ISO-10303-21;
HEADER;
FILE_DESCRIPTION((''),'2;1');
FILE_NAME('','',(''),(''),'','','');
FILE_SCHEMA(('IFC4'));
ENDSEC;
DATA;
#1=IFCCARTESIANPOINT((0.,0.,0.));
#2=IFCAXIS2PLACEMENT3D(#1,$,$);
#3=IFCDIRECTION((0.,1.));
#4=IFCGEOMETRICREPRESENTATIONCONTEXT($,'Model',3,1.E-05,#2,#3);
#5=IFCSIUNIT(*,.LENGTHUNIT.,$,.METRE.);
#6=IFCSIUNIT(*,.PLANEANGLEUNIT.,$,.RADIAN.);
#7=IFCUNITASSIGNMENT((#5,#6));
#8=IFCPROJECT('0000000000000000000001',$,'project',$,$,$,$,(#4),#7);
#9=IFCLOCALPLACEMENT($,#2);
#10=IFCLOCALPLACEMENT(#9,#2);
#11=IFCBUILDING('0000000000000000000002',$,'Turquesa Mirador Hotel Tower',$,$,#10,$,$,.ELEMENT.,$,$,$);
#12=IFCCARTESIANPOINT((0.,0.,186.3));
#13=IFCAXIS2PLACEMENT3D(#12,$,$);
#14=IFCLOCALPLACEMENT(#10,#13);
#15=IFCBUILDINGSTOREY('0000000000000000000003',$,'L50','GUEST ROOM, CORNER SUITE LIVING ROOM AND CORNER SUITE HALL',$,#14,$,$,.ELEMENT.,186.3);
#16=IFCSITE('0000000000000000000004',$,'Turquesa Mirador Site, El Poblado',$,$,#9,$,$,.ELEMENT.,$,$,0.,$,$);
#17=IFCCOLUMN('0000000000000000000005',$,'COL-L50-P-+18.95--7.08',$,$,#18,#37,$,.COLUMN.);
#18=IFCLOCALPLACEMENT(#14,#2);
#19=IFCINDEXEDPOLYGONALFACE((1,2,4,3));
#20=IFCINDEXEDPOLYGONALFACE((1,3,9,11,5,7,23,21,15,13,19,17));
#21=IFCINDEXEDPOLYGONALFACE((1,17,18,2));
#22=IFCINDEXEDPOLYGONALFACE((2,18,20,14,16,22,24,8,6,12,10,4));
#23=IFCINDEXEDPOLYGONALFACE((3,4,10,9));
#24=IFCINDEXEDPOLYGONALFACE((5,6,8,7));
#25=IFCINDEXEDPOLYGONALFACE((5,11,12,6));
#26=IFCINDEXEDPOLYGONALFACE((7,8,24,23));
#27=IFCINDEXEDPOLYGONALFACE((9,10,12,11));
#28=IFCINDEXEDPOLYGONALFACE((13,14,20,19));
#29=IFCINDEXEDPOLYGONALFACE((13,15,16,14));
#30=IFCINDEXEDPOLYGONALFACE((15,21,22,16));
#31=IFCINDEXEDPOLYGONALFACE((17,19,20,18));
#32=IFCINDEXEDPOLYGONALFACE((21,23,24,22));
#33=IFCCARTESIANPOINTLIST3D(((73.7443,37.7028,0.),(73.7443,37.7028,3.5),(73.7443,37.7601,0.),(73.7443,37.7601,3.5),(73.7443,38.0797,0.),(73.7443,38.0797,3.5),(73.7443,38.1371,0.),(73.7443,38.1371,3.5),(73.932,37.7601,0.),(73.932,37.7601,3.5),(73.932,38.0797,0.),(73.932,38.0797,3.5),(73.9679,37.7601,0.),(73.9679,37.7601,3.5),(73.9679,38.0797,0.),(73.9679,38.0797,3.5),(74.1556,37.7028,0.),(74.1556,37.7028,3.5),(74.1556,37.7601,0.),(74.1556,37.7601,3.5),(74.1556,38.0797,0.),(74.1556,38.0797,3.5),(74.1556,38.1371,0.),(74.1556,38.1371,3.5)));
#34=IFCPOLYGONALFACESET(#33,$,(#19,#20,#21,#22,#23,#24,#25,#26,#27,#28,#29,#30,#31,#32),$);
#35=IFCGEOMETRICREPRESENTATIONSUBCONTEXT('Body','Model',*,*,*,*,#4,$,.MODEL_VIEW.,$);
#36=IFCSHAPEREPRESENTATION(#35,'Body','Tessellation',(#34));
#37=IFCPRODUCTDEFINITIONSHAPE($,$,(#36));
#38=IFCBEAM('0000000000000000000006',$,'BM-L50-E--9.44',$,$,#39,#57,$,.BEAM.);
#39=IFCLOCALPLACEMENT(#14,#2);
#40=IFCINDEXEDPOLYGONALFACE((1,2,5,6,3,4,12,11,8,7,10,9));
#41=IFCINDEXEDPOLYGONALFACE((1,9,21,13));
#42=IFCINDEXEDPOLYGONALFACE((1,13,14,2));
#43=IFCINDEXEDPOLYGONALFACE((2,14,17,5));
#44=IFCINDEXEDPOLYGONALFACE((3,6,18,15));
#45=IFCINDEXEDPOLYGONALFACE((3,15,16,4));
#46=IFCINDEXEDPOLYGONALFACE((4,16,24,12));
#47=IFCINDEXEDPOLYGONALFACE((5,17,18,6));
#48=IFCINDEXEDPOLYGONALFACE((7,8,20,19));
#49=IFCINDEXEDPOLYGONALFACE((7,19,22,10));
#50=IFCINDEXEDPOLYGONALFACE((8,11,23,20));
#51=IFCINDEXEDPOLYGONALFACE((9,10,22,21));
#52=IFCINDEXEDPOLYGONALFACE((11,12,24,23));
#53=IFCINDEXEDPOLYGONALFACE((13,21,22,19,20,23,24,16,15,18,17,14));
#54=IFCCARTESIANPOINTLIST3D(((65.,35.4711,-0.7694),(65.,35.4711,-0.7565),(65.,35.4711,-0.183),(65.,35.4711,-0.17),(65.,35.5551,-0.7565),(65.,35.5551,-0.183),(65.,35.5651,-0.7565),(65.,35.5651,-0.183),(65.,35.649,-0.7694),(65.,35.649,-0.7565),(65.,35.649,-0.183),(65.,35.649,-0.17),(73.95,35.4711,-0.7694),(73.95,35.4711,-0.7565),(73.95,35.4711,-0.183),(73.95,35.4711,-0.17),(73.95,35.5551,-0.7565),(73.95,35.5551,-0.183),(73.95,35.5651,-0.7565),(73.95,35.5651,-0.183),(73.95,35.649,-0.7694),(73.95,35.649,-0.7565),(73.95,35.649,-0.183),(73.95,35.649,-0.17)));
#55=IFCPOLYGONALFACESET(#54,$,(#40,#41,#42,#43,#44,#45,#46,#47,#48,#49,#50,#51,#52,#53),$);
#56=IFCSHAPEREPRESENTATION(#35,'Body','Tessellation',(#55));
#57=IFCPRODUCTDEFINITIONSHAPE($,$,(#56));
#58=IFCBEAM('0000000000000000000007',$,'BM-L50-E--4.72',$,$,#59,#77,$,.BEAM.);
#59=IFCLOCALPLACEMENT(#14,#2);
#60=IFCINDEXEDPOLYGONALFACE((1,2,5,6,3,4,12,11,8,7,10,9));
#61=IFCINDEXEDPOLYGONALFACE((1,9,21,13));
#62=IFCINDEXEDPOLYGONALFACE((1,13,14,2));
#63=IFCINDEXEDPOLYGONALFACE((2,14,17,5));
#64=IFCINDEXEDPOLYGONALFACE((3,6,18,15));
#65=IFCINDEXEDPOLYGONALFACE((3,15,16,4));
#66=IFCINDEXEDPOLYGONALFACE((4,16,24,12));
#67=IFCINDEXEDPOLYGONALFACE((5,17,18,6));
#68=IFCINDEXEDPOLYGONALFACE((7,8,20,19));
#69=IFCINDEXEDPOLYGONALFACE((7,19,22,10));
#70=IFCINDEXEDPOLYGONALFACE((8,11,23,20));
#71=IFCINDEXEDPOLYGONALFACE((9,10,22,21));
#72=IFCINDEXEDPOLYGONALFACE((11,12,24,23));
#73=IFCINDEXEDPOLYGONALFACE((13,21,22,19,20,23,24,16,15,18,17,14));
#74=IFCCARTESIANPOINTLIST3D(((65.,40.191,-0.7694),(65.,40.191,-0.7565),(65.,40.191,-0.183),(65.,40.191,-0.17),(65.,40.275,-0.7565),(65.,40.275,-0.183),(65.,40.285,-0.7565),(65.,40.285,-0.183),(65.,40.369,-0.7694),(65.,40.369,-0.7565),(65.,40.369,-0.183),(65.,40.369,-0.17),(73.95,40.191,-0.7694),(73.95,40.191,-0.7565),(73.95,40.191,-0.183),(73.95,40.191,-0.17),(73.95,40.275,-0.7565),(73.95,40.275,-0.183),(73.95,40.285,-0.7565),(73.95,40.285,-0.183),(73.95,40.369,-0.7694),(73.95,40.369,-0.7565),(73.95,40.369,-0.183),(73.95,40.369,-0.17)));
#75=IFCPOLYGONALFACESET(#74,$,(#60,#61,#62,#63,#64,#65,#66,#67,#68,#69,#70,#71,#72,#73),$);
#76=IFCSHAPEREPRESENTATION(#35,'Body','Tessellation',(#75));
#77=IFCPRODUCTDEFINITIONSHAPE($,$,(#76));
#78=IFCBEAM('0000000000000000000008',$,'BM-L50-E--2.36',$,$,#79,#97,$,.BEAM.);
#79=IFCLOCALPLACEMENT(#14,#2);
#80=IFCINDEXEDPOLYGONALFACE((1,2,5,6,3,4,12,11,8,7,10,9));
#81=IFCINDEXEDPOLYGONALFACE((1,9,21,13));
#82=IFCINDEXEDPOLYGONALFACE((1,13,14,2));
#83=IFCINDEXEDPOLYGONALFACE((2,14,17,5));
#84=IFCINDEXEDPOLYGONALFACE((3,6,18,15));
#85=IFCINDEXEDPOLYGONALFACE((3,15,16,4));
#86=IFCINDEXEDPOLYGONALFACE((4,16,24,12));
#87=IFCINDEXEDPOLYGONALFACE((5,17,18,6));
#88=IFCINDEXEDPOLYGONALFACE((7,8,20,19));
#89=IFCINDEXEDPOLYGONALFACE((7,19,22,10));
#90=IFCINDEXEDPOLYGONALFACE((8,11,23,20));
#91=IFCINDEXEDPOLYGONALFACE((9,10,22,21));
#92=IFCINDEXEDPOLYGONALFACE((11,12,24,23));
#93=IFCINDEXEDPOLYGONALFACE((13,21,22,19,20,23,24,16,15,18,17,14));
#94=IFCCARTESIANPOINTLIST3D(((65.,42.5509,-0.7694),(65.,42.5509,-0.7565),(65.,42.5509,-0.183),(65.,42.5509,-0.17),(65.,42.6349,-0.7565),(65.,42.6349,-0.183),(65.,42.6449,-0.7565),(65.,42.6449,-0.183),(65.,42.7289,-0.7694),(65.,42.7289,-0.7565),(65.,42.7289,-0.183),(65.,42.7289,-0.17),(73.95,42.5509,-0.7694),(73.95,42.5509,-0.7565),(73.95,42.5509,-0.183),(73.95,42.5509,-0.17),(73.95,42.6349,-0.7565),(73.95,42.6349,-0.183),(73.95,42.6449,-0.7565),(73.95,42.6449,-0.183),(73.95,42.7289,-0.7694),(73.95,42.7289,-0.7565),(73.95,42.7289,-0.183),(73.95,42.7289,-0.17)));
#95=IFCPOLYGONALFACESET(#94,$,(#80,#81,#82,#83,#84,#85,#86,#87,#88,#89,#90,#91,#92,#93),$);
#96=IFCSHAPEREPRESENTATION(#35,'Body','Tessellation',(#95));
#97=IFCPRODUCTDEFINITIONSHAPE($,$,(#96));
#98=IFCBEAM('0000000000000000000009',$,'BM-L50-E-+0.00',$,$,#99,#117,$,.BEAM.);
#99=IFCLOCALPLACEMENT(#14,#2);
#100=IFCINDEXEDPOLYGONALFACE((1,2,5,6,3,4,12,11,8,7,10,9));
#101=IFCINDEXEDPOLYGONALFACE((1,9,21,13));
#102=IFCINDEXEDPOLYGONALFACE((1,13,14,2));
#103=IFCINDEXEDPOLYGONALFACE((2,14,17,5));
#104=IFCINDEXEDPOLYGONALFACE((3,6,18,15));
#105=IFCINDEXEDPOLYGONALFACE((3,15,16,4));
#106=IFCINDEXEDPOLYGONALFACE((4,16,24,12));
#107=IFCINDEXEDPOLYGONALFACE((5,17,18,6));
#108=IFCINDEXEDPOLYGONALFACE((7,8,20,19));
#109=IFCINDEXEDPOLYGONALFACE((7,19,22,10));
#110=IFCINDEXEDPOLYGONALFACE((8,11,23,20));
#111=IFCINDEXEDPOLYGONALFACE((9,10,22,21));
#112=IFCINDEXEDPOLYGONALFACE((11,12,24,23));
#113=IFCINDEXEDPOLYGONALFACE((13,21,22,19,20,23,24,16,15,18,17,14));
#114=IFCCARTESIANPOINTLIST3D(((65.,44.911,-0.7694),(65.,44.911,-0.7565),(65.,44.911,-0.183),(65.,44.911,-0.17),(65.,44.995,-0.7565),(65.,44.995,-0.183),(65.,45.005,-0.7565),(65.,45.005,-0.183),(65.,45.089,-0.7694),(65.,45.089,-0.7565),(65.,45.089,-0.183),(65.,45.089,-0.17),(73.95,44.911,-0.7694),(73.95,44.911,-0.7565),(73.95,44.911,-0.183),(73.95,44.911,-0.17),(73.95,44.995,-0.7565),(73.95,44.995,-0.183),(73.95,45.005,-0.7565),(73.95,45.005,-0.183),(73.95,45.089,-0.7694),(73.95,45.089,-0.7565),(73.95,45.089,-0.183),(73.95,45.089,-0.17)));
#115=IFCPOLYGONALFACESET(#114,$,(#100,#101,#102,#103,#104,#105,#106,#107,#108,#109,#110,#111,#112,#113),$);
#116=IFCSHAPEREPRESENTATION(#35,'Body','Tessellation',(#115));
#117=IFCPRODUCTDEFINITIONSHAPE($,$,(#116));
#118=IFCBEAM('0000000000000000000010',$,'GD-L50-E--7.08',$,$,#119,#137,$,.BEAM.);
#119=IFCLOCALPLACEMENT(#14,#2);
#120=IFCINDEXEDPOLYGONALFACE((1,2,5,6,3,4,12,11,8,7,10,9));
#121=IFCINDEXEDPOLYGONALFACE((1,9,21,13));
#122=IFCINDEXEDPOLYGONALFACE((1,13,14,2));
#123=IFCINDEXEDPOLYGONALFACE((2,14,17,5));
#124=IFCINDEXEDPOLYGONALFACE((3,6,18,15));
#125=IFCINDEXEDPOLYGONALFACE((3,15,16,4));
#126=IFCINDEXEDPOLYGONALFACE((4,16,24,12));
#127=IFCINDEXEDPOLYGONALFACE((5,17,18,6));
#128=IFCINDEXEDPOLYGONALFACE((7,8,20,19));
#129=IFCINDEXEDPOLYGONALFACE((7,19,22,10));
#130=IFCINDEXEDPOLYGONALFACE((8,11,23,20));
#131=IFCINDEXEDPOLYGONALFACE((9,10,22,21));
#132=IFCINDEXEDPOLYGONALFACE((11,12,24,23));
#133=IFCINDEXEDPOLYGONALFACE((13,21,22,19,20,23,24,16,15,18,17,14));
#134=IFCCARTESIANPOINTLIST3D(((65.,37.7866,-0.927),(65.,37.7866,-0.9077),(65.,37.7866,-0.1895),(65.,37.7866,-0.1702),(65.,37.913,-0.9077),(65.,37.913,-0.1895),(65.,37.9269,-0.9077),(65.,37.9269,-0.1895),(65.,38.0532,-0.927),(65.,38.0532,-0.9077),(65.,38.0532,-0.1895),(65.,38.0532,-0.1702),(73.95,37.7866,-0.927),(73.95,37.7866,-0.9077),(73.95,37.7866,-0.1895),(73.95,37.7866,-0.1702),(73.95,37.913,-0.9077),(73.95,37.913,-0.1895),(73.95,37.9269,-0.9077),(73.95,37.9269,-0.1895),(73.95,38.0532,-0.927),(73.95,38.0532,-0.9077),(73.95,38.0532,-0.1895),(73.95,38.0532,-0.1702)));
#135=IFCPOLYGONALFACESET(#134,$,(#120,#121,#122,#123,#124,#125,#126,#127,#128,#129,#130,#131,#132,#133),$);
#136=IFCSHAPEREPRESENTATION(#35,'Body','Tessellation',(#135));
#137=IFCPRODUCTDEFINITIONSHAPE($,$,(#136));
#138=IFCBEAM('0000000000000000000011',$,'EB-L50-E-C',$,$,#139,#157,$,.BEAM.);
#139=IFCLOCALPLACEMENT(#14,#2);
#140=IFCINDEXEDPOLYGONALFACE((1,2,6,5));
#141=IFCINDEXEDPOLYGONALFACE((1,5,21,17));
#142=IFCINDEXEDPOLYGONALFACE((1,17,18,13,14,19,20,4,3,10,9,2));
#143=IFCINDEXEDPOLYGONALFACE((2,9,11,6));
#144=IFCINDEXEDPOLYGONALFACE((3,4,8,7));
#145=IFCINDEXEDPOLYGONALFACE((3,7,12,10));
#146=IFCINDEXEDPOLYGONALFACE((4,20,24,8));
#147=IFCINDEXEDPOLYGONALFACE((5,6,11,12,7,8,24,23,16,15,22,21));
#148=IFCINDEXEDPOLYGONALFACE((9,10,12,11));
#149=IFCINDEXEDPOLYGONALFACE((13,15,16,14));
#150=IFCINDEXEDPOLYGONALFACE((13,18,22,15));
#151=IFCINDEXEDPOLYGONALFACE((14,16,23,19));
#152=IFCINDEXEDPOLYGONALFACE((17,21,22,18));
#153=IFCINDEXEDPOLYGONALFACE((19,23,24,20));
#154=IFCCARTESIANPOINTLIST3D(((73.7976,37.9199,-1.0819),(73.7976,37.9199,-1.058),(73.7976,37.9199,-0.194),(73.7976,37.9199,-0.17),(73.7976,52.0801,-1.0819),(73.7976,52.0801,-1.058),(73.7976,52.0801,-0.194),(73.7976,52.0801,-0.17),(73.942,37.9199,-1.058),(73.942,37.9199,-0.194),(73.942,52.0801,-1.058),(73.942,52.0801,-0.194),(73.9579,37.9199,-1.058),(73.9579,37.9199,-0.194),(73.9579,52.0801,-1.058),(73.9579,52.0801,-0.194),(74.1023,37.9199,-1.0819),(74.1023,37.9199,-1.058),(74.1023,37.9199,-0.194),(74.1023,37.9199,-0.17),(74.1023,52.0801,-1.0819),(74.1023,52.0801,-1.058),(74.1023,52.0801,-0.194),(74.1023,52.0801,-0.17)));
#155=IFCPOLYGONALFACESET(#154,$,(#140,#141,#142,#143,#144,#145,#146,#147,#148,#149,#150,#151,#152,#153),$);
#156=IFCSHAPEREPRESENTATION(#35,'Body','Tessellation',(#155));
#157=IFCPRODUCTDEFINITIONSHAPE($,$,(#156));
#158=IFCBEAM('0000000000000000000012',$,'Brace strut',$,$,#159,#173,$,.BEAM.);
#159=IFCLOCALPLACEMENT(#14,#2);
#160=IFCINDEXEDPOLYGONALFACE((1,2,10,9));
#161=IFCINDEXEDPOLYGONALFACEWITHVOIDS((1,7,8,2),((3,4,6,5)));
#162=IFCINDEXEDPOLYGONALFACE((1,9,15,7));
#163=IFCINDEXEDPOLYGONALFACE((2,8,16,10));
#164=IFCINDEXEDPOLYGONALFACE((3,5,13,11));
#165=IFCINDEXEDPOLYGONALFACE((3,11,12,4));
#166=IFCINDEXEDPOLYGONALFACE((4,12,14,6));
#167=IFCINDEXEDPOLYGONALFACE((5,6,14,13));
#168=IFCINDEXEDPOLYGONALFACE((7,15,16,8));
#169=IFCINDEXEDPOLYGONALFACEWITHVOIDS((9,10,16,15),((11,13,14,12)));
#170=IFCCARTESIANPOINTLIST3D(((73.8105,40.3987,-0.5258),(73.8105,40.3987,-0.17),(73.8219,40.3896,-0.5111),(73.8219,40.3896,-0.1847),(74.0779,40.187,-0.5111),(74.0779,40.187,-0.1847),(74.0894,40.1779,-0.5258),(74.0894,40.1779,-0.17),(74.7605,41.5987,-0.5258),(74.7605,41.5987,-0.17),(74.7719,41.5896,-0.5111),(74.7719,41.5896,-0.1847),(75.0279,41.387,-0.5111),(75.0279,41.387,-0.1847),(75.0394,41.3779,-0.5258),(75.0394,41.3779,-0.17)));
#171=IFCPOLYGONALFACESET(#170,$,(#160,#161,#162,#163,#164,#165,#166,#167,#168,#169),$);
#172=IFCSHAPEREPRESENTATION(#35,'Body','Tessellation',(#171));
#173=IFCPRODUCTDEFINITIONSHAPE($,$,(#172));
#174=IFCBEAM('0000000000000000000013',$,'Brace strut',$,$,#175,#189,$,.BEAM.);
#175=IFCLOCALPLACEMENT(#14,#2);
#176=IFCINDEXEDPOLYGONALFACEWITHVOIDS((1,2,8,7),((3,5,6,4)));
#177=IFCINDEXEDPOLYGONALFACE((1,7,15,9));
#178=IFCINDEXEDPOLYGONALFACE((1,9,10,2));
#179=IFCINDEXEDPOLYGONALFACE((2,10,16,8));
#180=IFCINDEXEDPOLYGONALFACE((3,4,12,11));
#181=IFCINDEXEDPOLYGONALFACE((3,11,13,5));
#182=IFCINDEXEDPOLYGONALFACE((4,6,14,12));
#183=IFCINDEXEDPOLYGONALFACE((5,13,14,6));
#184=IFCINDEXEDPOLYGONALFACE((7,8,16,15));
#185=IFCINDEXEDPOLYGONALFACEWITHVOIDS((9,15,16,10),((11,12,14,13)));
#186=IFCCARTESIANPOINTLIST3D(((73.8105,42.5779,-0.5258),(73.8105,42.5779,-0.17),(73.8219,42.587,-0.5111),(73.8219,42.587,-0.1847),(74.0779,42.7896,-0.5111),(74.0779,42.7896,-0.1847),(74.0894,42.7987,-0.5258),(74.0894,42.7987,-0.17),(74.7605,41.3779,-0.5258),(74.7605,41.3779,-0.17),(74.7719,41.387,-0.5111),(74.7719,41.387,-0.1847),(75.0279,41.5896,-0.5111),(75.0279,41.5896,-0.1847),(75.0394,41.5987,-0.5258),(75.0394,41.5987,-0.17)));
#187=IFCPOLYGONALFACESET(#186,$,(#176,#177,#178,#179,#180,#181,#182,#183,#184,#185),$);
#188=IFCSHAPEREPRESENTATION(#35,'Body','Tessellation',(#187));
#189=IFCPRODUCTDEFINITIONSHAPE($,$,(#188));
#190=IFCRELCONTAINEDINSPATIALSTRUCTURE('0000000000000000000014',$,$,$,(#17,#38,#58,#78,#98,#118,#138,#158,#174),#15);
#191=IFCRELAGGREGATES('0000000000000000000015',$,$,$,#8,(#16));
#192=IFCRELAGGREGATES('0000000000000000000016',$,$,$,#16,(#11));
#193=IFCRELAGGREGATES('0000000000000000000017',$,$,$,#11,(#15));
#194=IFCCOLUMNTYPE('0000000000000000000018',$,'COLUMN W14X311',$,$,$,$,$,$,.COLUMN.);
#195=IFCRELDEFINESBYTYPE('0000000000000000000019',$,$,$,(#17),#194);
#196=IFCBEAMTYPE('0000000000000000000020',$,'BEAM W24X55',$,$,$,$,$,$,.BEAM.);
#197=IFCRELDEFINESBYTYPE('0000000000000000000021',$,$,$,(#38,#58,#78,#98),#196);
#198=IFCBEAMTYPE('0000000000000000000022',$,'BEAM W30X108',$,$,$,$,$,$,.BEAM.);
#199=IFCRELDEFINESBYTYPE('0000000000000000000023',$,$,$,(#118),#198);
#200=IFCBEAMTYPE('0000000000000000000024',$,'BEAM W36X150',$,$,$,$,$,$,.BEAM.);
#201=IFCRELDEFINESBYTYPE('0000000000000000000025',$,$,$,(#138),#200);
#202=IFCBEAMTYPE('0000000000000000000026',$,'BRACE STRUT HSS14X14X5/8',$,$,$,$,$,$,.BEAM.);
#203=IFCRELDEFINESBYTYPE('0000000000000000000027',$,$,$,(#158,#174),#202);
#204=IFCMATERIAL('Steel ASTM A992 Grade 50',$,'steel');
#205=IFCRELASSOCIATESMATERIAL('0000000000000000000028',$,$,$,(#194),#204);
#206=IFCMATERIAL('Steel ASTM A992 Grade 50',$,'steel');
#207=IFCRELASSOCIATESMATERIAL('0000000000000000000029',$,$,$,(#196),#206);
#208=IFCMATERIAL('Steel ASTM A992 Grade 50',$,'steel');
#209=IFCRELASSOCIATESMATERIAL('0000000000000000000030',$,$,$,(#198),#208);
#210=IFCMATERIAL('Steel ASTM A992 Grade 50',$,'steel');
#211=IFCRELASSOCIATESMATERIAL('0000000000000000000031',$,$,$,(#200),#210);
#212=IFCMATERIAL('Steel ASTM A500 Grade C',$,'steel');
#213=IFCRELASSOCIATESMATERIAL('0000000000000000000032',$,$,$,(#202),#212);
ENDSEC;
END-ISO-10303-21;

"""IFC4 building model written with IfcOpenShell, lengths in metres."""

from ifc_helpers import new_model, si_unit, direction, frame, origin, origin_2d, place, context, subcontext, project, spatial, hollow_rectangle, i_section, extrude, material, material_profile, profile_set, type_object, element, save


model = new_model("IFC4")

# Units and contexts
model_context = context("Model", 3, precision=1e-05, world=origin(), true_north=direction((0.0, 1.0)))
body_context = subcontext(model_context, "Body", "Model", "MODEL_VIEW")
ifc_project = project(units=[si_unit("LENGTHUNIT", "METRE"), si_unit("PLANEANGLEUNIT", "RADIAN")], contexts=[model_context])

# Site, building, storey
site_placement = place(None, origin())
site = spatial("IfcSite", under=ifc_project, at=site_placement, Name="Turquesa Mirador Site, El Poblado", CompositionType="ELEMENT", RefElevation=0.0)
building_placement = place(site_placement, origin())
building = spatial("IfcBuilding", under=site, at=building_placement, Name="Turquesa Mirador Hotel Tower", CompositionType="ELEMENT")
storey_placement = place(building_placement, frame((0.0, 0.0, 186.3)))
storey = spatial("IfcBuildingStorey", under=building, at=storey_placement, Name="L50", Description="GUEST ROOM, CORNER SUITE LIVING ROOM AND CORNER SUITE HALL", CompositionType="ELEMENT", Elevation=186.3)

# Column
ifc_material_1 = material(Name="Steel ASTM A992 Grade 50", Category="steel")
ifc_material_profile_1 = material_profile(ifc_material_1, i_section(OverallWidth=0.4114, OverallDepth=0.4343, WebThickness=0.0359, FlangeThickness=0.0574, at=origin_2d()), Name="W14X311")
ifc_profile_set_1 = profile_set([ifc_material_profile_1], Name="Steel ASTM A992 Grade 50")
column_type = type_object("IfcColumnType", Name="COLUMN W14X311", PredefinedType="COLUMN", material=ifc_profile_set_1)
column_placement = place(storey_placement, frame((73.95, 37.9199, 0.0), z_axis=(0.0, 0.0, 1.0), x_axis=(1.0, 0.0, 0.0)))
element("IfcColumn", 1, at=column_placement, inside=storey, type_object=column_type, Name="COL-L50-P-+18.95--7.08", PredefinedType="COLUMN", context=body_context, shape_type="SweptSolid", body=[
    extrude(i_section(OverallWidth=0.4114, OverallDepth=0.4343, WebThickness=0.0359, FlangeThickness=0.0574, at=origin_2d()), origin(), (0.0, 0.0, 1.0), 3.5),
])

# Beams
ifc_material_2 = material(Name="Steel ASTM A992 Grade 50", Category="steel")
ifc_material_profile_2 = material_profile(ifc_material_2, i_section(OverallWidth=0.178, OverallDepth=0.5994, WebThickness=0.01, FlangeThickness=0.0129, at=origin_2d()), Name="W24X55")
ifc_profile_set_2 = profile_set([ifc_material_profile_2], Name="Steel ASTM A992 Grade 50")
beam_type_1 = type_object("IfcBeamType", Name="BEAM W24X55", PredefinedType="BEAM", material=ifc_profile_set_2)
for number, where, z_axis, x_axis, name in (
    (2, (73.95, 35.5601, -0.4697), (-1.0, 0.0, 0.0), (0.0, -1.0, 0.0), "BM-L50-E--9.44"),
    (3, (73.95, 40.28, -0.4697), (-1.0, 0.0, 0.0), (0.0, -1.0, 0.0), "BM-L50-E--4.72"),
    (4, (73.95, 42.6399, -0.4697), (-1.0, 0.0, 0.0), (0.0, -1.0, 0.0), "BM-L50-E--2.36"),
    (5, (73.95, 45.0, -0.4697), (-1.0, 0.0, 0.0), (0.0, -1.0, 0.0), "BM-L50-E-+0.00"),
):
    element("IfcBeam", number, at=place(storey_placement, frame(where, z_axis=z_axis, x_axis=x_axis)), inside=storey, type_object=beam_type_1, Name=name, PredefinedType="BEAM", context=body_context, shape_type="SweptSolid", body=[
        extrude(i_section(OverallWidth=0.178, OverallDepth=0.5994, WebThickness=0.01, FlangeThickness=0.0129, at=origin_2d()), origin(), (0.0, 0.0, 1.0), 8.95),
    ])
ifc_material_3 = material(Name="Steel ASTM A992 Grade 50", Category="steel")
ifc_material_profile_3 = material_profile(ifc_material_3, i_section(OverallWidth=0.2666, OverallDepth=0.7568, WebThickness=0.0139, FlangeThickness=0.0193, at=origin_2d()), Name="W30X108")
ifc_profile_set_3 = profile_set([ifc_material_profile_3], Name="Steel ASTM A992 Grade 50")
beam_type_2 = type_object("IfcBeamType", Name="BEAM W30X108", PredefinedType="BEAM", material=ifc_profile_set_3)
beam_1_placement = place(storey_placement, frame((73.95, 37.9199, -0.5486), z_axis=(-1.0, 0.0, 0.0), x_axis=(0.0, -1.0, 0.0)))
element("IfcBeam", 6, at=beam_1_placement, inside=storey, type_object=beam_type_2, Name="GD-L50-E--7.08", PredefinedType="BEAM", context=body_context, shape_type="SweptSolid", body=[
    extrude(i_section(OverallWidth=0.2666, OverallDepth=0.7568, WebThickness=0.0139, FlangeThickness=0.0193, at=origin_2d()), origin(), (0.0, 0.0, 1.0), 8.95),
])
ifc_material_4 = material(Name="Steel ASTM A992 Grade 50", Category="steel")
ifc_material_profile_4 = material_profile(ifc_material_4, i_section(OverallWidth=0.3047, OverallDepth=0.9119, WebThickness=0.0159, FlangeThickness=0.0239, at=origin_2d()), Name="W36X150")
ifc_profile_set_4 = profile_set([ifc_material_profile_4], Name="Steel ASTM A992 Grade 50")
beam_type_3 = type_object("IfcBeamType", Name="BEAM W36X150", PredefinedType="BEAM", material=ifc_profile_set_4)
beam_2_placement = place(storey_placement, frame((73.95, 37.9199, -0.626), z_axis=(0.0, 1.0, 0.0), x_axis=(-1.0, 0.0, 0.0)))
element("IfcBeam", 7, at=beam_2_placement, inside=storey, type_object=beam_type_3, Name="EB-L50-E-C", PredefinedType="BEAM", context=body_context, shape_type="SweptSolid", body=[
    extrude(i_section(OverallWidth=0.3047, OverallDepth=0.9119, WebThickness=0.0159, FlangeThickness=0.0239, at=origin_2d()), origin(), (0.0, 0.0, 1.0), 14.1602),
])
ifc_material_5 = material(Name="Steel ASTM A500 Grade C", Category="steel")
ifc_material_profile_5 = material_profile(ifc_material_5, hollow_rectangle(XDim=0.3557, YDim=0.3557, WallThickness=0.0146, at=origin_2d()), Name="HSS14X14X5/8")
ifc_profile_set_5 = profile_set([ifc_material_profile_5], Name="Steel ASTM A500 Grade C")
beam_type_4 = type_object("IfcBeamType", Name="BRACE STRUT HSS14X14X5/8", PredefinedType="BEAM", material=ifc_profile_set_5)
for number, where, z_axis, x_axis, name in (
    (8, (74.8999, 41.4883, -0.3479), (-0.620699, -0.784049, 0.0), (0.784049, -0.620699, 0.0), "Brace strut"),
    (9, (74.8999, 41.4883, -0.3479), (-0.620699, 0.784049, 0.0), (-0.784049, -0.620699, 0.0), "Brace strut"),
):
    element("IfcBeam", number, at=place(storey_placement, frame(where, z_axis=z_axis, x_axis=x_axis)), inside=storey, type_object=beam_type_4, Name=name, PredefinedType="BEAM", context=body_context, shape_type="SweptSolid", body=[
        extrude(hollow_rectangle(XDim=0.3557, YDim=0.3557, WallThickness=0.0146, at=origin_2d()), origin(), (0.0, 0.0, 1.0), 1.5305),
    ])

save(model, "model.ifc")
